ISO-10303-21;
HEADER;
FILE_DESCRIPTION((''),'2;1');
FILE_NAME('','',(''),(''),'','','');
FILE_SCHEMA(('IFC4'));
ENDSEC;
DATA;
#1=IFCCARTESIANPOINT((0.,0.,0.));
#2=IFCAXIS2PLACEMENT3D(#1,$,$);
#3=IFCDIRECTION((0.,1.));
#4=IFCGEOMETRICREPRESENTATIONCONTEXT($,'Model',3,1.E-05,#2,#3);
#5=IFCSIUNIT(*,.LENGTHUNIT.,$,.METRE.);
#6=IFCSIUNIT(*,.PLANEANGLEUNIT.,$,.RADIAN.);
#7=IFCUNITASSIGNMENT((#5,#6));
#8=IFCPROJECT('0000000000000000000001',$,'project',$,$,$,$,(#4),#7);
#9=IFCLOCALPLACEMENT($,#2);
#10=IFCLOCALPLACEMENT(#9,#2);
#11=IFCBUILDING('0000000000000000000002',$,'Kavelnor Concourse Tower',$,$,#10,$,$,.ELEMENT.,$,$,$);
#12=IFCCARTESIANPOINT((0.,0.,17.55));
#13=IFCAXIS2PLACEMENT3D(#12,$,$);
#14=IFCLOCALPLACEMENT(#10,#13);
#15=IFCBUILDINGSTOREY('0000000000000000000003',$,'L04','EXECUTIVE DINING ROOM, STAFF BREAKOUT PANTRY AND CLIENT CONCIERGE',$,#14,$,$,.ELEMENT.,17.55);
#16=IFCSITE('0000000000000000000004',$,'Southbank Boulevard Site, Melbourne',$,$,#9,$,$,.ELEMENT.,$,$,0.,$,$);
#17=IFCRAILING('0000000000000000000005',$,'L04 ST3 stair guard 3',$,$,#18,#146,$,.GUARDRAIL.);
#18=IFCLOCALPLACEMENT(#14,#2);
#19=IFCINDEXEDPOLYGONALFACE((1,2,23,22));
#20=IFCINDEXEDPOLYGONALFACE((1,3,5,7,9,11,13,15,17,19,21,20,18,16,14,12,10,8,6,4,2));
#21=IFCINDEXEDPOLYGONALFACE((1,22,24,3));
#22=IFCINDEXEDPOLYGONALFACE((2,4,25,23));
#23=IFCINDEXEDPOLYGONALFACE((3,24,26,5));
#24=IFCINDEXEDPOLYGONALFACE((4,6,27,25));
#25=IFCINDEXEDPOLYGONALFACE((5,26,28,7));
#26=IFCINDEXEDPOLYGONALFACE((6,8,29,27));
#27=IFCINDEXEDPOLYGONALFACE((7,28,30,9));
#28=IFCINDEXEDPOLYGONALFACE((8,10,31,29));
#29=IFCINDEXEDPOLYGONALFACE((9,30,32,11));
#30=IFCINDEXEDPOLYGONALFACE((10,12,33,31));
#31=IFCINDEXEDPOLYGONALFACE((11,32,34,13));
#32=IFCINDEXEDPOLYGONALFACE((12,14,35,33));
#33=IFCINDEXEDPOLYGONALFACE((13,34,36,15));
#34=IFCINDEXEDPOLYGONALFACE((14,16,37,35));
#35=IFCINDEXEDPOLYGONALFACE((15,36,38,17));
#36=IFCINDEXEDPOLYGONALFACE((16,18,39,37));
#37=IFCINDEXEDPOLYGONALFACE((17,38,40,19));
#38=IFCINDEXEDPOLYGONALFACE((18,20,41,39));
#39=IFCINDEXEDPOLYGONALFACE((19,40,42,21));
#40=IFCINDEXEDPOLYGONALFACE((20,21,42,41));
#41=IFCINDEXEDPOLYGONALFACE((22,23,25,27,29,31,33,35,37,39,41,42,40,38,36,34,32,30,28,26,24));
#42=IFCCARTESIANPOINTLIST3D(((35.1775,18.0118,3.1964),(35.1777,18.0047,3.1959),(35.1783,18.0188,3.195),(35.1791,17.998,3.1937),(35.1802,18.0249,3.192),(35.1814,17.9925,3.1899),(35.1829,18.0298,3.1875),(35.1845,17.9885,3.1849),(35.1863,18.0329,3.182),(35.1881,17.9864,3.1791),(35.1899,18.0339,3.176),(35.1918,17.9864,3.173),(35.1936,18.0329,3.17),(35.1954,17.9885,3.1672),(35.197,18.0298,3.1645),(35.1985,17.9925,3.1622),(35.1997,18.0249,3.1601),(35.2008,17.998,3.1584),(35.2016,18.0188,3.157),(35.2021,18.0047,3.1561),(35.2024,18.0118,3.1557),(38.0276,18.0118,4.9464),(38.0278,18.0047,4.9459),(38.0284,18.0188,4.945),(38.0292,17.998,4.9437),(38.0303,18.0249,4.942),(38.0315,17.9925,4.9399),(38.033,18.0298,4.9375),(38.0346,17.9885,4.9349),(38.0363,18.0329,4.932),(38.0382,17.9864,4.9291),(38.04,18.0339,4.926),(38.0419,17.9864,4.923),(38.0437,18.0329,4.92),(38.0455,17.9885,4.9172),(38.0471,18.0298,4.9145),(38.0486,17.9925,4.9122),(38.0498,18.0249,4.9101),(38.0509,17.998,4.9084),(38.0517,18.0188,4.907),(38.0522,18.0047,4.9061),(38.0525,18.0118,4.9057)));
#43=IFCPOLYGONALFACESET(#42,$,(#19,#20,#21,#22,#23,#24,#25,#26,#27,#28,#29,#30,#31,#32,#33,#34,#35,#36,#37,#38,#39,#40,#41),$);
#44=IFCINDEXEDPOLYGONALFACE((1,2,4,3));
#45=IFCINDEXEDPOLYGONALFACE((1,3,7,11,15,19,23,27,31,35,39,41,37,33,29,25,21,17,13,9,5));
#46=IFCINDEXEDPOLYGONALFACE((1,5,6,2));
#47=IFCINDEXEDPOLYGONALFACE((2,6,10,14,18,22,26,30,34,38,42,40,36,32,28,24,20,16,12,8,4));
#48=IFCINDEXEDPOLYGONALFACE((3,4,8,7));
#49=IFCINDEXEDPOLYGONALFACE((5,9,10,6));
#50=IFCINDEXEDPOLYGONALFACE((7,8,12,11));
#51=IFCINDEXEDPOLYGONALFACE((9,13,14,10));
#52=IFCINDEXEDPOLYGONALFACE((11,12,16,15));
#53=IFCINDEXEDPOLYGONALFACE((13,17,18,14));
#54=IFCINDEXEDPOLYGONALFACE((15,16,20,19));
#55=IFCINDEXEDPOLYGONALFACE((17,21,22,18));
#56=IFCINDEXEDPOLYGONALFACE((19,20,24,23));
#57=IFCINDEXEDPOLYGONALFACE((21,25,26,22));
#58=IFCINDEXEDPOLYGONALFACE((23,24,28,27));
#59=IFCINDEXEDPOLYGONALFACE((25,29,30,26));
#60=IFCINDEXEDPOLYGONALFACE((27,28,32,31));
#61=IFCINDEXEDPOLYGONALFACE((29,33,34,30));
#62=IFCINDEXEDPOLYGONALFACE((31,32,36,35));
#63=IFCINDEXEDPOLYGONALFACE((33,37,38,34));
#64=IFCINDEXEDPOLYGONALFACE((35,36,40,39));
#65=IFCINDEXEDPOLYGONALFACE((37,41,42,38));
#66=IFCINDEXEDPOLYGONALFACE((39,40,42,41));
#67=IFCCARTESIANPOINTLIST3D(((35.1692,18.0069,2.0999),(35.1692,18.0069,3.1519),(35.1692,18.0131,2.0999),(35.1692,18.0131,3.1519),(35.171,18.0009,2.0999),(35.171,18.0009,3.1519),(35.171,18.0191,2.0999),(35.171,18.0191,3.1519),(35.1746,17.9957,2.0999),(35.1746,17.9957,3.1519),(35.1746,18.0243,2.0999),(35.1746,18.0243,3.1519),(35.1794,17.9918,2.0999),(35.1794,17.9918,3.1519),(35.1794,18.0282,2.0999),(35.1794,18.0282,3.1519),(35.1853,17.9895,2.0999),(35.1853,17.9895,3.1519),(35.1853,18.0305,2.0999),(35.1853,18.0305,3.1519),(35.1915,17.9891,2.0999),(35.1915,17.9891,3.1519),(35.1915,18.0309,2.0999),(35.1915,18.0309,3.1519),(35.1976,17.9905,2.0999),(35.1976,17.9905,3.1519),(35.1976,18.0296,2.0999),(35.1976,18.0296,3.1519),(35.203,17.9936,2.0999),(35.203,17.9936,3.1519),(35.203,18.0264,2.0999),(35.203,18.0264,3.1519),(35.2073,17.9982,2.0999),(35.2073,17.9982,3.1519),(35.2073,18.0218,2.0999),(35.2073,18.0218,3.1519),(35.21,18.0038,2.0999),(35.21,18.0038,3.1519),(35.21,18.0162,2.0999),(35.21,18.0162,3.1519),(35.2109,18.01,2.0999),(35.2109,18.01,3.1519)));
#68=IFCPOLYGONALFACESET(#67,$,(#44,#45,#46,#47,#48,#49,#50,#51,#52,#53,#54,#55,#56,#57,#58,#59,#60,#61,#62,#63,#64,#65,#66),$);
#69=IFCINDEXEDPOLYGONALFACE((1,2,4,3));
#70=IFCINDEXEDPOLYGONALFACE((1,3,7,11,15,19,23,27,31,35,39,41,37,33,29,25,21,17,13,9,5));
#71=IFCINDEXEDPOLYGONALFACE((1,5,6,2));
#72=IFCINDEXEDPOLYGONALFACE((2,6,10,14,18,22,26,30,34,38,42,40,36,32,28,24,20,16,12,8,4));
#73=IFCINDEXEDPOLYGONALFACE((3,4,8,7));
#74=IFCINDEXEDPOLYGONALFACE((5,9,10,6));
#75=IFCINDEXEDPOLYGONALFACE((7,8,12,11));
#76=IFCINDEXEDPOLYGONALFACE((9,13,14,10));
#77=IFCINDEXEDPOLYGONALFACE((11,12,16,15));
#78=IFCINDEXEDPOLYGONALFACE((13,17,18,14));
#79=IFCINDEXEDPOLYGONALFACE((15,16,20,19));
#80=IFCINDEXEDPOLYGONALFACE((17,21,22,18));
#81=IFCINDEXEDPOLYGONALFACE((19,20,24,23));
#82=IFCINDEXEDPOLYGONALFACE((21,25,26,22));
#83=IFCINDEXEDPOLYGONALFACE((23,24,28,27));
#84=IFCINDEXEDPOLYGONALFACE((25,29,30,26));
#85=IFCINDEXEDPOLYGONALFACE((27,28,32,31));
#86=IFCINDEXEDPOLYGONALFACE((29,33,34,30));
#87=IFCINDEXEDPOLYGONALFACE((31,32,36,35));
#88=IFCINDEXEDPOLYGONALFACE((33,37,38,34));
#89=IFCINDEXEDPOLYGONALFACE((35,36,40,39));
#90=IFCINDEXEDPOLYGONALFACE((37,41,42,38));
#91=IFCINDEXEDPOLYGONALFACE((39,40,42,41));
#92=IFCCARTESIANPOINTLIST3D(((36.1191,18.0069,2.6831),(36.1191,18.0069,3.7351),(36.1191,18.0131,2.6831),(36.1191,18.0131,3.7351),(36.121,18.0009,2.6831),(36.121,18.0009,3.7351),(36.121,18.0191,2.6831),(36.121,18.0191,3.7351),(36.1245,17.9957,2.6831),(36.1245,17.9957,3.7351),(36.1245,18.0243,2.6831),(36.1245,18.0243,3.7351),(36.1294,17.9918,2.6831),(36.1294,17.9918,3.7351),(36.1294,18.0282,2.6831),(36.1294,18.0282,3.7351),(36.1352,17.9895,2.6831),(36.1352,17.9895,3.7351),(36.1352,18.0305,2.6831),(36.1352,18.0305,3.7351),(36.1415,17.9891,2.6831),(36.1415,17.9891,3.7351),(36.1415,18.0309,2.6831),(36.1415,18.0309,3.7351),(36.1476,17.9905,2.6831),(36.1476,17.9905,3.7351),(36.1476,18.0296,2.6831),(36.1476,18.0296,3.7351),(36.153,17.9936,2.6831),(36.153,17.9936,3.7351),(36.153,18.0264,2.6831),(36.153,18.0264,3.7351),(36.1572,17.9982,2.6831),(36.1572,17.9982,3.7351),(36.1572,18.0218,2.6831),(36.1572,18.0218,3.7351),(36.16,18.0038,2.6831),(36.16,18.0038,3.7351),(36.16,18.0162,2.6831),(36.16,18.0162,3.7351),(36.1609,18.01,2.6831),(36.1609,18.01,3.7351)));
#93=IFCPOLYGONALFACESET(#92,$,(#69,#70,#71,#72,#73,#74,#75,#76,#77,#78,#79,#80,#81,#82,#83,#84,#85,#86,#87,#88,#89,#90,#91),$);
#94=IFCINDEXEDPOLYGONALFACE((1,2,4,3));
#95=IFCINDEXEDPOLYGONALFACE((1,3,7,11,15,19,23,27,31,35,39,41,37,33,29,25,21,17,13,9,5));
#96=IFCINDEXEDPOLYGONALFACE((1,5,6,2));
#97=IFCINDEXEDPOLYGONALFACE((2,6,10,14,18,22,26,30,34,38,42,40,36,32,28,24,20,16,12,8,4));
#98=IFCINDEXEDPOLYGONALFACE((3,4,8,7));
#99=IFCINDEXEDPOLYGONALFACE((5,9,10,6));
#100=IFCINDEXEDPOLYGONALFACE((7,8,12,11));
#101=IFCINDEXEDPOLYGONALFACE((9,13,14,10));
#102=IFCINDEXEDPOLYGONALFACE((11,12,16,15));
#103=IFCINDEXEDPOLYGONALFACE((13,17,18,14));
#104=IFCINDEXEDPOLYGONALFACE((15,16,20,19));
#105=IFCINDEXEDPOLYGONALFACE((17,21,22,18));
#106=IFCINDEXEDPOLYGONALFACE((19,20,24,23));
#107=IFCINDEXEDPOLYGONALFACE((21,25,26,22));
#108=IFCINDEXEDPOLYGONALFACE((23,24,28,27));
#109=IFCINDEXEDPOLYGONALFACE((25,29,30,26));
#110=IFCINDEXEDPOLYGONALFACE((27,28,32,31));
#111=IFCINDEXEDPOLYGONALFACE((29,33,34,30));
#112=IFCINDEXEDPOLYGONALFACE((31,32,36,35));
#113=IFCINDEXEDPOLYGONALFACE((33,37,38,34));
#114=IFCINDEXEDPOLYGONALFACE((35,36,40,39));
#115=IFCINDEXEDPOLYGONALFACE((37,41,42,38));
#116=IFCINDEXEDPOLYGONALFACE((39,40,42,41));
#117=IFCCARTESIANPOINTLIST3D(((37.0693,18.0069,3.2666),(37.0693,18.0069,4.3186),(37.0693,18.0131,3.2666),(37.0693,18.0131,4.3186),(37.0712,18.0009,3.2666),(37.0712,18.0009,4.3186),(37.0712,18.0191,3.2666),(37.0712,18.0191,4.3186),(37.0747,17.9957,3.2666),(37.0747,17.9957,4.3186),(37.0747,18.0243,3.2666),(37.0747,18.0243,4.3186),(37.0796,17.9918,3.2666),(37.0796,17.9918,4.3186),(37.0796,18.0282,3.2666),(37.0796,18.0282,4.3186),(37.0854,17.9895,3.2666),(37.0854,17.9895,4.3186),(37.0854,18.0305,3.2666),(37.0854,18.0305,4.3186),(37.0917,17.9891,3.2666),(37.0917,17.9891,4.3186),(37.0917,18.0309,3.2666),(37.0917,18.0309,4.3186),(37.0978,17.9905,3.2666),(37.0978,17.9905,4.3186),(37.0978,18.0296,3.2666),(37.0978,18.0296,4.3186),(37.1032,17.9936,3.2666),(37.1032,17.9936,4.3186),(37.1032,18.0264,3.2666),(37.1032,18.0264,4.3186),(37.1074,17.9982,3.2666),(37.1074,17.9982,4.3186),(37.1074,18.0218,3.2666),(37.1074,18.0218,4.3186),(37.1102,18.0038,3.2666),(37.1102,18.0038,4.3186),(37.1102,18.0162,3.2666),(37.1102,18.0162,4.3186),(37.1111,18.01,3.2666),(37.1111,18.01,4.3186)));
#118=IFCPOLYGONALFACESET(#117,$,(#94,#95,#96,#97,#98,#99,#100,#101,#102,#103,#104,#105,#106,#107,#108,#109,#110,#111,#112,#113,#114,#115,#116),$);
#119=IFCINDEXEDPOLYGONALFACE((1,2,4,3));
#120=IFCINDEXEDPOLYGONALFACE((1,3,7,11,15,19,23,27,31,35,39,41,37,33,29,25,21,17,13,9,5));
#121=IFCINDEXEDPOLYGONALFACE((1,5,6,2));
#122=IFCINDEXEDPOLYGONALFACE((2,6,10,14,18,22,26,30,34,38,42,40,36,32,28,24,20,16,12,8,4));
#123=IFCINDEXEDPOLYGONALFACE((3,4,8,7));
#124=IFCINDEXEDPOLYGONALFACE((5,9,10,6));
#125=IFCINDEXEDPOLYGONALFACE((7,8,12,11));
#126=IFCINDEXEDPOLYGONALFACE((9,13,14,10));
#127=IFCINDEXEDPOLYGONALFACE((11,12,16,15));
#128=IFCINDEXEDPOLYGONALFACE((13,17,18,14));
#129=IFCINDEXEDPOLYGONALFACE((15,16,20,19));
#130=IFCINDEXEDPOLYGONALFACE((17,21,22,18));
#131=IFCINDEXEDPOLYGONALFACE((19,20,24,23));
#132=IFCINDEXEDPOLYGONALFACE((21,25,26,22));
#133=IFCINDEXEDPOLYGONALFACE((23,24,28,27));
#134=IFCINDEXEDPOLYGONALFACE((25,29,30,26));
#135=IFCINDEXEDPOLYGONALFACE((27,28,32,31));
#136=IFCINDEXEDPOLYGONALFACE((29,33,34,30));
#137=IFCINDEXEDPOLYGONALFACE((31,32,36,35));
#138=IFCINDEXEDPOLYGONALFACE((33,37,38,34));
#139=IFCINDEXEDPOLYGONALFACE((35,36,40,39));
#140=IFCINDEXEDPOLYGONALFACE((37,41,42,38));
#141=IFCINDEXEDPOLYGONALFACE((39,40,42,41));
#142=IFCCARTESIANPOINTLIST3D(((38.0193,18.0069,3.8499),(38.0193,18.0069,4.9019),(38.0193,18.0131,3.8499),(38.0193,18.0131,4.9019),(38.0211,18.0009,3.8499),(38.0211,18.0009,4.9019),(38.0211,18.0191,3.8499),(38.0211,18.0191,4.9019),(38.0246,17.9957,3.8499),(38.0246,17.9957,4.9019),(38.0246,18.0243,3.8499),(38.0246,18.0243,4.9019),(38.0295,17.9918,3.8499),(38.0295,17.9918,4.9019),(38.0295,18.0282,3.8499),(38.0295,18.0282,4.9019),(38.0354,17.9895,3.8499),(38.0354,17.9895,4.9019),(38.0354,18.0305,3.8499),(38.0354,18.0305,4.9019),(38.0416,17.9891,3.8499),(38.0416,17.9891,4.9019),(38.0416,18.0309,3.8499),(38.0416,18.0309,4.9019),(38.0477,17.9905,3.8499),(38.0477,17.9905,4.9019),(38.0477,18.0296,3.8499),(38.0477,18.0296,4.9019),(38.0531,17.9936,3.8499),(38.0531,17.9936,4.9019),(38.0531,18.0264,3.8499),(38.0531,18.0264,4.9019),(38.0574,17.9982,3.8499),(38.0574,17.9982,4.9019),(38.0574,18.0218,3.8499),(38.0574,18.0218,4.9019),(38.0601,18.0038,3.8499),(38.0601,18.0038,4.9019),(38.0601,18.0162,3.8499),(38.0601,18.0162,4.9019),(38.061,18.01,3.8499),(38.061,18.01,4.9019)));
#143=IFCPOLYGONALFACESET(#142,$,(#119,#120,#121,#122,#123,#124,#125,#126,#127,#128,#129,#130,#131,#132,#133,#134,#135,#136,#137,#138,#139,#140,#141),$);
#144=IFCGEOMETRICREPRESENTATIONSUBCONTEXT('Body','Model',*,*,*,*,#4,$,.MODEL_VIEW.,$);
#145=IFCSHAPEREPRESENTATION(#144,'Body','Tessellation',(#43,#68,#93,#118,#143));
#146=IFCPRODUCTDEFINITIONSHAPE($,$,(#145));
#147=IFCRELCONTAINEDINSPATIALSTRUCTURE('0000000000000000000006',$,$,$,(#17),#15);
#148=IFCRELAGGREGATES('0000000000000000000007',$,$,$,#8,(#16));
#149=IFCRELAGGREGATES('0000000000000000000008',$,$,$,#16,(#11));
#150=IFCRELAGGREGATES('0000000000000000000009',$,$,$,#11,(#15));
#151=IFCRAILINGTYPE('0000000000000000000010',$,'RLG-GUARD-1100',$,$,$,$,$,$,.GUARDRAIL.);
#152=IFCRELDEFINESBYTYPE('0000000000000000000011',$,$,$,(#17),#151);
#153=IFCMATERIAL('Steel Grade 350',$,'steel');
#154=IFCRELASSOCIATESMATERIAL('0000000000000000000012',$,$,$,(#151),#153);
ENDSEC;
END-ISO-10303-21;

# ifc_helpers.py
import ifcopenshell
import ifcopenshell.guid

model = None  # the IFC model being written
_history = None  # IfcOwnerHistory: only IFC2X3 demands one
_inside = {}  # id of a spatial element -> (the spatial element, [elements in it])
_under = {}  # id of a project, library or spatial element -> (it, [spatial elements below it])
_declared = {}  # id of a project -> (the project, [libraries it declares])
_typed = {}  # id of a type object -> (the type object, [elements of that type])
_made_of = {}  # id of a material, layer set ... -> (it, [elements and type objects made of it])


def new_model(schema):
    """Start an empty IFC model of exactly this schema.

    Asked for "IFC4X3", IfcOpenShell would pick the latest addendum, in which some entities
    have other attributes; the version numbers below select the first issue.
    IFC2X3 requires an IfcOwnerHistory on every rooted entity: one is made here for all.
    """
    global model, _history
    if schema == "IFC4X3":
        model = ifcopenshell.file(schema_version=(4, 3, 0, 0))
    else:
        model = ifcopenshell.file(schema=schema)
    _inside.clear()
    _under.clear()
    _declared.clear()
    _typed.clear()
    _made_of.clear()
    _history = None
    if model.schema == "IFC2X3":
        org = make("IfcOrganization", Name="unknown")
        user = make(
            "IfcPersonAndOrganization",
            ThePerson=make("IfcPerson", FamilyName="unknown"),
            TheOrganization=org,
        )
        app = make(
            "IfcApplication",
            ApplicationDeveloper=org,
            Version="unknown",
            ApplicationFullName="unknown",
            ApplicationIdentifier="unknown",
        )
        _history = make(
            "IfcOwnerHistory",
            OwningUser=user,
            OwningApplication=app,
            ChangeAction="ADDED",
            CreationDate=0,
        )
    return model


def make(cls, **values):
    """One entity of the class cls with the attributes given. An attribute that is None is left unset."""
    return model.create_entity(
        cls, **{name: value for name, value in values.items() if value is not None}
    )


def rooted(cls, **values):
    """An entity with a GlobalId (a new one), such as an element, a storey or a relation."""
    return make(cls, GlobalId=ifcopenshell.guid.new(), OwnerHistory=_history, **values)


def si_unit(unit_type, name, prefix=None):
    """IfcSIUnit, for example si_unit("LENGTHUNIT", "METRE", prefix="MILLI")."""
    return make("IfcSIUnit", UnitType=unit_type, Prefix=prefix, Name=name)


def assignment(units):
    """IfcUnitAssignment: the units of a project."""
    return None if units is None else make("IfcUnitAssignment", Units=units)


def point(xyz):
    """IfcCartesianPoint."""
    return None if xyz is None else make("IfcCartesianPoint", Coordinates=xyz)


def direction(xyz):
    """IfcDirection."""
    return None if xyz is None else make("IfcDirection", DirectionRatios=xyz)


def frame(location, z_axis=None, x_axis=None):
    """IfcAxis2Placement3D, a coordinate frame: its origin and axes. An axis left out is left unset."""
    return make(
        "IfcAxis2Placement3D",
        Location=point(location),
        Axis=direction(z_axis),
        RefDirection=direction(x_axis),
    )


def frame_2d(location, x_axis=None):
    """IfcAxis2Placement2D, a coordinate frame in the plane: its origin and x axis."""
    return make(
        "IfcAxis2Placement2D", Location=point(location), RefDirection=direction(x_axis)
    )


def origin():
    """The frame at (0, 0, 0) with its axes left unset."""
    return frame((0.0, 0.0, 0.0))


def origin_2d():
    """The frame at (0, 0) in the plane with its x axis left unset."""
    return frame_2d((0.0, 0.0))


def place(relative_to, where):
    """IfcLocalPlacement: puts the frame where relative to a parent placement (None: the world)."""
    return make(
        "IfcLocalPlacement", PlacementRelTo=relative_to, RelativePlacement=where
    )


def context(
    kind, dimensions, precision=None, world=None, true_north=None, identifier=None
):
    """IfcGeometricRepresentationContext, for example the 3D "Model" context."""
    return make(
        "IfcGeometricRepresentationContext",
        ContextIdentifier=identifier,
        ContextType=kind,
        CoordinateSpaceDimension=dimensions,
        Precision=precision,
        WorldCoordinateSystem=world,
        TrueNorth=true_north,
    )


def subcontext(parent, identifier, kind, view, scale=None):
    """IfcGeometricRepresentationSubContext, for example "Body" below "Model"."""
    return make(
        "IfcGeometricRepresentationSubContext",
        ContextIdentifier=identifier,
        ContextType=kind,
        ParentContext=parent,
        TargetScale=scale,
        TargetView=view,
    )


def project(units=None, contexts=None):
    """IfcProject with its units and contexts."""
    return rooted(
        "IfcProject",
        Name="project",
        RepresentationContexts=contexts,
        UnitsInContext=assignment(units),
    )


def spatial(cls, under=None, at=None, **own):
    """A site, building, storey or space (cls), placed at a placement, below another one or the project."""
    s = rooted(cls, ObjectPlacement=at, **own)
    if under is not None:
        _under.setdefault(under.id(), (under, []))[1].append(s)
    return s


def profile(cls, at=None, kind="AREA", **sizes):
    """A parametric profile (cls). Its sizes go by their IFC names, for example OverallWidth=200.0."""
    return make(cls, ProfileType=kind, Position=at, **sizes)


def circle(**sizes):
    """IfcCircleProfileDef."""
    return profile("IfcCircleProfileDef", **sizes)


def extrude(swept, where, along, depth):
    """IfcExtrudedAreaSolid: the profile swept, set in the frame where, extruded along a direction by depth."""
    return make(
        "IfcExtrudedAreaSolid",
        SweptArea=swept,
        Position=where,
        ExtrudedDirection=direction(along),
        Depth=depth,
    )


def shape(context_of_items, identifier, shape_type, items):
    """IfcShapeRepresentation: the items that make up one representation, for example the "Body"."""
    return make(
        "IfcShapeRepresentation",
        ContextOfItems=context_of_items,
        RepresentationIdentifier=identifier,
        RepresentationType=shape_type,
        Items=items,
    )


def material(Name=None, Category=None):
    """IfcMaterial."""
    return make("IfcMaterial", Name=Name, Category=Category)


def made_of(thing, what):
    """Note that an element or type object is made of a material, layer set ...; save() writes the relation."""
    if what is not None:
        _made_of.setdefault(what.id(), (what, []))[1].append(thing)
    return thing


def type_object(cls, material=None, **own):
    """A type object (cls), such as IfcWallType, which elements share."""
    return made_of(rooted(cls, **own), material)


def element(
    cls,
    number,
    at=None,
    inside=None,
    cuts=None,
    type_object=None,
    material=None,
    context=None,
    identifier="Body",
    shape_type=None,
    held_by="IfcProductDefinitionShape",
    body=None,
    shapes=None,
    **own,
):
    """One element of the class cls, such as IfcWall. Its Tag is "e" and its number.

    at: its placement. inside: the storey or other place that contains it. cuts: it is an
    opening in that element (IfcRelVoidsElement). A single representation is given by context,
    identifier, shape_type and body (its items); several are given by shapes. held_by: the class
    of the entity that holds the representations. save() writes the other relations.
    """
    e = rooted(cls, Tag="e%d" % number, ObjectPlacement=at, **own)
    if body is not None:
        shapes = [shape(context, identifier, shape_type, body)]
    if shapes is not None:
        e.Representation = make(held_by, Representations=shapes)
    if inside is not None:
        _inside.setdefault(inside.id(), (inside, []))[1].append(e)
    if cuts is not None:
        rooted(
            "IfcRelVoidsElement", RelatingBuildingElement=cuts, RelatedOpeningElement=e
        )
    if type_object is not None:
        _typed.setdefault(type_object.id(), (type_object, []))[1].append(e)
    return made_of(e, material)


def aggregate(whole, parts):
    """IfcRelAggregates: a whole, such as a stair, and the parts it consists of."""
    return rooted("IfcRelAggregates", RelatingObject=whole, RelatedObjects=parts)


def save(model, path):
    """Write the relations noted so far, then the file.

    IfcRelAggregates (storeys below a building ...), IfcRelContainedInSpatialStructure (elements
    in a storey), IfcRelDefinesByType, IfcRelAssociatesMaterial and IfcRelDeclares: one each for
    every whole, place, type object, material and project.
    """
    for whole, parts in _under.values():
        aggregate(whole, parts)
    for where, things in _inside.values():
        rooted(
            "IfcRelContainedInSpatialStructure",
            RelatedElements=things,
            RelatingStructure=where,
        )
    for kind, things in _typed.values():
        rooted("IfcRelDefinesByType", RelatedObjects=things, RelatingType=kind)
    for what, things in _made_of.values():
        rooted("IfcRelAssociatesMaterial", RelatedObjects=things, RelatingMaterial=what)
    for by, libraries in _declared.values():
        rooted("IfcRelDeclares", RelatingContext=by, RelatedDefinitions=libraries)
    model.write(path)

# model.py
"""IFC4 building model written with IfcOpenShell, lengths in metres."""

from ifc_helpers import new_model, si_unit, direction, frame, origin, origin_2d, place, context, subcontext, project, spatial, circle, extrude, material, type_object, element, save


model = new_model("IFC4")

# Units and contexts
model_context = context("Model", 3, precision=1e-05, world=origin(), true_north=direction((0.0, 1.0)))
body_context = subcontext(model_context, "Body", "Model", "MODEL_VIEW")
ifc_project = project(units=[si_unit("LENGTHUNIT", "METRE"), si_unit("PLANEANGLEUNIT", "RADIAN")], contexts=[model_context])

# Site, building, storey
site_placement = place(None, origin())
site = spatial("IfcSite", under=ifc_project, at=site_placement, Name="Southbank Boulevard Site, Melbourne", CompositionType="ELEMENT", RefElevation=0.0)
building_placement = place(site_placement, origin())
building = spatial("IfcBuilding", under=site, at=building_placement, Name="Kavelnor Concourse Tower", CompositionType="ELEMENT")
storey_placement = place(building_placement, frame((0.0, 0.0, 17.55)))
storey = spatial("IfcBuildingStorey", under=building, at=storey_placement, Name="L04", Description="EXECUTIVE DINING ROOM, STAFF BREAKOUT PANTRY AND CLIENT CONCIERGE", CompositionType="ELEMENT", Elevation=17.55)

# Shared definitions
ifc_material_1 = material(Name="Steel Grade 350", Category="steel")

# Railing
railing_type_1 = type_object("IfcRailingType", Name="RLG-GUARD-1100", PredefinedType="GUARDRAIL", material=ifc_material_1)
railing_1_placement = place(storey_placement, frame((35.1899, 18.01, 2.0999)))
element("IfcRailing", 1, at=railing_1_placement, inside=storey, type_object=railing_type_1, Name="L04 ST3 stair guard 3", PredefinedType="GUARDRAIL", context=body_context, shape_type="SweptSolid", body=[
    extrude(circle(Radius=0.0239, at=origin_2d()), frame((0.0, 0.0, 1.0762), z_axis=(0.852179, 0.0, 0.52325), x_axis=(0.0, 1.0, 0.0)), (0.0, 0.0, 1.0), 3.3445),
    extrude(circle(Radius=0.021, at=origin_2d()), origin(), (0.0, 0.0, 1.0), 1.052),
    extrude(circle(Radius=0.021, at=origin_2d()), frame((0.95, 0.0, 0.5833)), (0.0, 0.0, 1.0), 1.052),
    extrude(circle(Radius=0.021, at=origin_2d()), frame((1.9001, 0.0, 1.1667)), (0.0, 0.0, 1.0), 1.052),
    extrude(circle(Radius=0.021, at=origin_2d()), frame((2.8501, 0.0, 1.75)), (0.0, 0.0, 1.0), 1.052),
])

save(model, "model.ifc")
